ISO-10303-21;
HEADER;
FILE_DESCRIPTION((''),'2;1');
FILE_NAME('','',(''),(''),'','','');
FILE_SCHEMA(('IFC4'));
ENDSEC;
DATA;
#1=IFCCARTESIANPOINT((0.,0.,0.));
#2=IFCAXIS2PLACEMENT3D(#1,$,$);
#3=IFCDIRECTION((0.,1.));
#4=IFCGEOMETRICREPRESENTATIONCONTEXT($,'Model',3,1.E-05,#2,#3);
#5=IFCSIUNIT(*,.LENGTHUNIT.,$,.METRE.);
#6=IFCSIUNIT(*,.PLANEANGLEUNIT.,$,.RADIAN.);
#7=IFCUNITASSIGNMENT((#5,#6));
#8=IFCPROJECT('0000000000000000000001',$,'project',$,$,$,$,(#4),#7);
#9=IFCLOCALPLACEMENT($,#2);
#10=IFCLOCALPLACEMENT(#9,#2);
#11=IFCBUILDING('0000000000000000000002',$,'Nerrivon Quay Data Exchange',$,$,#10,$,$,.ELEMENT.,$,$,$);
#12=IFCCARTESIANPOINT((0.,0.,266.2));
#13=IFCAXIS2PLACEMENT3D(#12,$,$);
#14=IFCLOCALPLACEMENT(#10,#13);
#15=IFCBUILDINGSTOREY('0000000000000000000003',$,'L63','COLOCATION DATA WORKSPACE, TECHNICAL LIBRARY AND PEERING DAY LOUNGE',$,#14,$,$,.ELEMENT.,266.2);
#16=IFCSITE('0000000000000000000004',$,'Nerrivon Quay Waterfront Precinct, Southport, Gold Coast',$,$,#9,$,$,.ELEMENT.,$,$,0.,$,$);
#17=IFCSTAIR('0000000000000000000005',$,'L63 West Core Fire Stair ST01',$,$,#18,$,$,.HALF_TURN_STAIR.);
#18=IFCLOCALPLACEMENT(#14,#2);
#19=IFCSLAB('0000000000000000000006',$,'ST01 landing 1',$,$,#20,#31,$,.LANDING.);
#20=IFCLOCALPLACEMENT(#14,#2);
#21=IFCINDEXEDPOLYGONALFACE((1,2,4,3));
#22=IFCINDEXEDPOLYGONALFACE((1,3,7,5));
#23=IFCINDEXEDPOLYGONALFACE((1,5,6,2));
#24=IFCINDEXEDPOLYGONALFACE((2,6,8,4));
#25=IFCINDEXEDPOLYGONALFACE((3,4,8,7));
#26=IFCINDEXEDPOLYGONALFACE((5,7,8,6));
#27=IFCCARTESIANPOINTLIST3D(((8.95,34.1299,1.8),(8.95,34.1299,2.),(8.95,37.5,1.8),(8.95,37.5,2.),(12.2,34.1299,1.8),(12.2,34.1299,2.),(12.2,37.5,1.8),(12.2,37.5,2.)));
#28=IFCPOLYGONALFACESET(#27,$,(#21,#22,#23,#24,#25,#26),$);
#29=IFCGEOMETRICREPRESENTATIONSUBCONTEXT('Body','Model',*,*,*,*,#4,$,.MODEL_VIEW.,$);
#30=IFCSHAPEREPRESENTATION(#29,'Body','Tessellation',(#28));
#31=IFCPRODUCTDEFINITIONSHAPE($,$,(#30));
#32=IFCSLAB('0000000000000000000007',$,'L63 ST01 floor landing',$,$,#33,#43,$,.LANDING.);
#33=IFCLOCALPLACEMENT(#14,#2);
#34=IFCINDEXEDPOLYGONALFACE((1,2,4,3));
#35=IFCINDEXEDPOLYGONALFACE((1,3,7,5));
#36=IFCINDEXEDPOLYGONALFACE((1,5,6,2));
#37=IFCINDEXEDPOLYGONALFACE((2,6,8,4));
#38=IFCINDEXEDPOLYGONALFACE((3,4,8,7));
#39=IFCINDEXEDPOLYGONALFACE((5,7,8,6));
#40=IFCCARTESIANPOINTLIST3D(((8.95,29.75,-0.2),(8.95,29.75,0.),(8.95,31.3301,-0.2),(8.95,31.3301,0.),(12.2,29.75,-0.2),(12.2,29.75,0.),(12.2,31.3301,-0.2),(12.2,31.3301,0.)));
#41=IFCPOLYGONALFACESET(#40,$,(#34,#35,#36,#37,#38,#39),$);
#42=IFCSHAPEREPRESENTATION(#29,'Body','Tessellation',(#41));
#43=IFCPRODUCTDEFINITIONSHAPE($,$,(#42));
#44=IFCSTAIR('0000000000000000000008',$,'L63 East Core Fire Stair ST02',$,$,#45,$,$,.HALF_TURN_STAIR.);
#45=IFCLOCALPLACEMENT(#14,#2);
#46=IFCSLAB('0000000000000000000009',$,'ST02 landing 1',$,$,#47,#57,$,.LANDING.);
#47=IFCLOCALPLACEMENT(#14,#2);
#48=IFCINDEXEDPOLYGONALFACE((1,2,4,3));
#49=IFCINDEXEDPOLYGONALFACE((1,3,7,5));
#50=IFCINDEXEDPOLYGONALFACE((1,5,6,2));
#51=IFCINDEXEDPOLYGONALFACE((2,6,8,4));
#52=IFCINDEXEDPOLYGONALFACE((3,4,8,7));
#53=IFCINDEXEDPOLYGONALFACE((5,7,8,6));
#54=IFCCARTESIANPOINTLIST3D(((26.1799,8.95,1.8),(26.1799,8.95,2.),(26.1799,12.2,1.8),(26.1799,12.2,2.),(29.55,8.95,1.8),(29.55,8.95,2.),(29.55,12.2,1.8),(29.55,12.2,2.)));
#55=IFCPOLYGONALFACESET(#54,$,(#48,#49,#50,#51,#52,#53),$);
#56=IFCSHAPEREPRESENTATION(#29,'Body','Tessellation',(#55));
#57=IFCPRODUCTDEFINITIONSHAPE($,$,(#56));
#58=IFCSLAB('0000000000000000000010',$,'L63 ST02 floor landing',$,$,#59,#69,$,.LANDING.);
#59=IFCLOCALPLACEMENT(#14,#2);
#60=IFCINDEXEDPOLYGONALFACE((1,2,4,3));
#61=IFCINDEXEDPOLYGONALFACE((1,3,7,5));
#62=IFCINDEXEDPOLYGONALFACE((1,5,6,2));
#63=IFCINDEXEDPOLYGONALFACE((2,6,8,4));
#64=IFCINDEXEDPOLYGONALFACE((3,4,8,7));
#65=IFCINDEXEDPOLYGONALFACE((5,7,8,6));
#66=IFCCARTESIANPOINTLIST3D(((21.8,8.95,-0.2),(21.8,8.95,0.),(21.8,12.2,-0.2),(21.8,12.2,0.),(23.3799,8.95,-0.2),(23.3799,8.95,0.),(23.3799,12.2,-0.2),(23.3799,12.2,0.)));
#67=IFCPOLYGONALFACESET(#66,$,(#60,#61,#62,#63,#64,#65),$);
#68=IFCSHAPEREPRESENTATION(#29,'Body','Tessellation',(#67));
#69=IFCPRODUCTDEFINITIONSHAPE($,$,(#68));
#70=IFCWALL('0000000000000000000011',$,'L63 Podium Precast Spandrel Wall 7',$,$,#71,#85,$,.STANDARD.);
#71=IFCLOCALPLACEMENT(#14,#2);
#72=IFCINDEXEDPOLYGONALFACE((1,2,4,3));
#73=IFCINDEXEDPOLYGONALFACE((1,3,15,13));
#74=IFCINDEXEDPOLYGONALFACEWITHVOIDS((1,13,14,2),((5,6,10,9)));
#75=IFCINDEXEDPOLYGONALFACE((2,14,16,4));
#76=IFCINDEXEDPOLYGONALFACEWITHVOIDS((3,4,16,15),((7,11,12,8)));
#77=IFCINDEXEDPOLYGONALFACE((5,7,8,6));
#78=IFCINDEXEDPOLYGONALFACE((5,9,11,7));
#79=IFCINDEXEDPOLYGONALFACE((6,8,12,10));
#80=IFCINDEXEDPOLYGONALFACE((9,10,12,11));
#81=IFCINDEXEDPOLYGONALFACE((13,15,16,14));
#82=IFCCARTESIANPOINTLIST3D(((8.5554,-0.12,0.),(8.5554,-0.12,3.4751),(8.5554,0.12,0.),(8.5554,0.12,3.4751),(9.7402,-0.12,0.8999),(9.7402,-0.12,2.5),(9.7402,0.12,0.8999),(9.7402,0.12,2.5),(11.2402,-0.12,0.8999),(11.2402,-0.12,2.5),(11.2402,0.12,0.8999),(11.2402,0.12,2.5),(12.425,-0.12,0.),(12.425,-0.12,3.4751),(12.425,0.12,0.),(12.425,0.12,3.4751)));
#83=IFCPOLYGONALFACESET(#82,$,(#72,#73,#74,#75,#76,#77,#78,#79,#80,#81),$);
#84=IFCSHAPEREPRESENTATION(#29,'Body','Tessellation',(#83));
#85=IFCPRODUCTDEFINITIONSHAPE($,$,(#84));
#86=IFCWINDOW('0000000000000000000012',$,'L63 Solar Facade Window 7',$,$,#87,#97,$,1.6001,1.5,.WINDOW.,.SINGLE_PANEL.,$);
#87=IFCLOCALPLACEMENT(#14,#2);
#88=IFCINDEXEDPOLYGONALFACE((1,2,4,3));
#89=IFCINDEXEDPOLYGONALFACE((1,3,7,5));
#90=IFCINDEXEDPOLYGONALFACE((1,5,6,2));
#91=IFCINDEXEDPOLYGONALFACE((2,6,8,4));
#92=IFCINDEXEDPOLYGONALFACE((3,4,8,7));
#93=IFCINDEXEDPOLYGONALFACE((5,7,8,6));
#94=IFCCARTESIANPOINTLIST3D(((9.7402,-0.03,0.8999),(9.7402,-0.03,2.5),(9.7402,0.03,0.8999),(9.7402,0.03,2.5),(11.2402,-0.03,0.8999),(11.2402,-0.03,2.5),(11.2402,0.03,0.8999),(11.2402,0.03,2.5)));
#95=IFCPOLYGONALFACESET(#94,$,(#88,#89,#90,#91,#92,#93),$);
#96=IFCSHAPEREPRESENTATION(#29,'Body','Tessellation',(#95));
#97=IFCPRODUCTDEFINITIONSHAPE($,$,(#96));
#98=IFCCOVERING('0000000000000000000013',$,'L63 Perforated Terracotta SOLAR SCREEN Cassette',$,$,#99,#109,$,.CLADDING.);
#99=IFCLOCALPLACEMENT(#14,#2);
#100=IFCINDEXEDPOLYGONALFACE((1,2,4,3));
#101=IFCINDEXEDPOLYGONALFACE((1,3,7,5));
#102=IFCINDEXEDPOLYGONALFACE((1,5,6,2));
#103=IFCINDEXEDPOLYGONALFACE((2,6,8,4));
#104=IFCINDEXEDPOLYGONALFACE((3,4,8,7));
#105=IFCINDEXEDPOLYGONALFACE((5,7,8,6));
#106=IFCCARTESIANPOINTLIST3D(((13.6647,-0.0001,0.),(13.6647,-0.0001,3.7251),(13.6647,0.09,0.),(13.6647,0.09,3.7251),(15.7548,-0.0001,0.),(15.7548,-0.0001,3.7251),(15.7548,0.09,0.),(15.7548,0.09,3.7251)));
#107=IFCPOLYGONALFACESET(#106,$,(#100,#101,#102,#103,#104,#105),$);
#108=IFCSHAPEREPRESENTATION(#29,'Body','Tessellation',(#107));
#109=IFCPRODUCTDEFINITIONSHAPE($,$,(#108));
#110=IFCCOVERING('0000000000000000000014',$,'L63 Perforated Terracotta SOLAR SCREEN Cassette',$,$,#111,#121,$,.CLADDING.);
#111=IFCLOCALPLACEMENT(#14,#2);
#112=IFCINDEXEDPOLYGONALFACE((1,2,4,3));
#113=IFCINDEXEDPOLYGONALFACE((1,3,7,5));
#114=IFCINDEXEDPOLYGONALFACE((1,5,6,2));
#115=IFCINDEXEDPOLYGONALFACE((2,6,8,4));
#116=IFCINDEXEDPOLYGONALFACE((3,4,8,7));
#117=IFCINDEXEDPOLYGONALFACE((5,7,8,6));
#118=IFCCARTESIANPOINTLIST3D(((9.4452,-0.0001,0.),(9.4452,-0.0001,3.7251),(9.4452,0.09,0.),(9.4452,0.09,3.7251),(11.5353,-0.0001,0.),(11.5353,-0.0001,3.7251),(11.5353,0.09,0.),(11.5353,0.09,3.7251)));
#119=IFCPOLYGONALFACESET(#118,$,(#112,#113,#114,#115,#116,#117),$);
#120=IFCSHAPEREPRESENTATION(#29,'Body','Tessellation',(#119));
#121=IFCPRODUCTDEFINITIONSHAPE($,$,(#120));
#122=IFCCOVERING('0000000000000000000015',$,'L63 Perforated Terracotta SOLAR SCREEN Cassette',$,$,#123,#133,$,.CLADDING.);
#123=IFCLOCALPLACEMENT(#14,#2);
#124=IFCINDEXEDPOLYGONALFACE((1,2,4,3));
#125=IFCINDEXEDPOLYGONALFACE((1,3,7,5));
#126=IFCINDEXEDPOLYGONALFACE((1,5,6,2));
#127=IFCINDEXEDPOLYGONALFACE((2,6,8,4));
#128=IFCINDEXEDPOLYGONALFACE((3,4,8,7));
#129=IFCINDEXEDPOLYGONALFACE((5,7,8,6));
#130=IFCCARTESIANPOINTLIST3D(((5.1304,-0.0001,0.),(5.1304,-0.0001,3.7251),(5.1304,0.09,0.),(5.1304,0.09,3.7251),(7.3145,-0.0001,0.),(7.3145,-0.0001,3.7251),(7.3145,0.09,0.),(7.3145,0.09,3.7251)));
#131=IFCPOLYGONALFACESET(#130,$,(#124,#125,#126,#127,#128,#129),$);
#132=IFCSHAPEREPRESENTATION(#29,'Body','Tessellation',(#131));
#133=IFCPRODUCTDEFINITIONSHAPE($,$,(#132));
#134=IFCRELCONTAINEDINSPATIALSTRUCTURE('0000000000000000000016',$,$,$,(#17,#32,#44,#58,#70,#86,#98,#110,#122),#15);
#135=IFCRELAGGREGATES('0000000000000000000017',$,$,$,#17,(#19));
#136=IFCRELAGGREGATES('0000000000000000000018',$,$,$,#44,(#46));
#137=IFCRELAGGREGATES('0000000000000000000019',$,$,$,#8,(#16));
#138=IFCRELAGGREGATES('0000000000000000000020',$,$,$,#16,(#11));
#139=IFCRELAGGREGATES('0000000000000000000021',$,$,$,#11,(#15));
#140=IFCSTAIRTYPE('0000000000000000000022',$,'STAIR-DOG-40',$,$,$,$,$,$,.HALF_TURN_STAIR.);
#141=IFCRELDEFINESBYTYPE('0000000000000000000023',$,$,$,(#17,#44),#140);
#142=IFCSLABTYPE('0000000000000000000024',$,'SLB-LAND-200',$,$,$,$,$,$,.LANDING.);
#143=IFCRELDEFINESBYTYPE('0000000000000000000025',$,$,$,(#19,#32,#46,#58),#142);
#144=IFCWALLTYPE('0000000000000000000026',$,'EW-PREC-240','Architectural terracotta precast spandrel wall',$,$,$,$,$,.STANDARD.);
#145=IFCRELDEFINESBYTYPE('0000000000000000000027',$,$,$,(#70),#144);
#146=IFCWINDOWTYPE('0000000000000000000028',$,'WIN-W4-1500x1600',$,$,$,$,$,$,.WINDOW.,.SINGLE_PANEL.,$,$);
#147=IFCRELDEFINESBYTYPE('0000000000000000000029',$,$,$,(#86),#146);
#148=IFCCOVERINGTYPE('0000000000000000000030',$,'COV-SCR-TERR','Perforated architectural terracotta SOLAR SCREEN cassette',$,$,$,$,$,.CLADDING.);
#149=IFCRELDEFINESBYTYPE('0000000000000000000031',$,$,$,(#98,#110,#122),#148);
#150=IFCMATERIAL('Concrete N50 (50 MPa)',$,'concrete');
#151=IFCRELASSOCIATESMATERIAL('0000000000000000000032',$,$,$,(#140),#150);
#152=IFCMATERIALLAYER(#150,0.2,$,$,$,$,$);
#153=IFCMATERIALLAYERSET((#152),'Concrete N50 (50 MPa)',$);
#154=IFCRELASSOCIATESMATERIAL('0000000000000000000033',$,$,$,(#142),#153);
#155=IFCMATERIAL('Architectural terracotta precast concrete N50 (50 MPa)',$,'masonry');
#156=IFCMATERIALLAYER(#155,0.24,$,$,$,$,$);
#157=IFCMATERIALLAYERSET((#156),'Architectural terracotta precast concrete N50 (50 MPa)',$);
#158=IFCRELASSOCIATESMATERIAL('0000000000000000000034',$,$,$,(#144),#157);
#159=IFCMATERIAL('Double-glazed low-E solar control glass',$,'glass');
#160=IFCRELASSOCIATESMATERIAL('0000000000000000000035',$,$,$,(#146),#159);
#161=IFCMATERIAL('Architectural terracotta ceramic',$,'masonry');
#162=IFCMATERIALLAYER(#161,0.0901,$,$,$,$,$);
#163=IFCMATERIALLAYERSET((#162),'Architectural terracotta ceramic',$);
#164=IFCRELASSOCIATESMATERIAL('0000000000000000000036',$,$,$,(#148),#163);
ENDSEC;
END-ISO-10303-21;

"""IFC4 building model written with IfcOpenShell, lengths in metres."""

from ifc_helpers import new_model, si_unit, direction, frame, frame_2d, origin, origin_2d, place, context, subcontext, project, spatial, polyline, rectangle, outline, extrude, material, layer, layer_set, type_object, element, fill, aggregate, save


model = new_model("IFC4")

# Units and contexts
model_context = context("Model", 3, precision=1e-05, world=origin(), true_north=direction((0.0, 1.0)))
body_context = subcontext(model_context, "Body", "Model", "MODEL_VIEW")
ifc_project = project(units=[si_unit("LENGTHUNIT", "METRE"), si_unit("PLANEANGLEUNIT", "RADIAN")], contexts=[model_context])

# Site, building, storey
site_placement = place(None, origin())
site = spatial("IfcSite", under=ifc_project, at=site_placement, Name="Nerrivon Quay Waterfront Precinct, Southport, Gold Coast", CompositionType="ELEMENT", RefElevation=0.0)
building_placement = place(site_placement, origin())
building = spatial("IfcBuilding", under=site, at=building_placement, Name="Nerrivon Quay Data Exchange", CompositionType="ELEMENT")
storey_placement = place(building_placement, frame((0.0, 0.0, 266.2)))
storey = spatial("IfcBuildingStorey", under=building, at=storey_placement, Name="L63", Description="COLOCATION DATA WORKSPACE, TECHNICAL LIBRARY AND PEERING DAY LOUNGE", CompositionType="ELEMENT", Elevation=266.2)

# Shared definitions
ifc_material_1 = material(Name="Double-glazed low-E solar control glass", Category="glass")

# Stair, slab
ifc_material_2 = material(Name="Concrete N50 (50 MPa)", Category="concrete")
stair_type = type_object("IfcStairType", Name="STAIR-DOG-40", PredefinedType="HALF_TURN_STAIR", material=ifc_material_2)
stair_1_placement = place(storey_placement, origin())
stair_1 = element("IfcStair", 1, at=stair_1_placement, inside=storey, type_object=stair_type, Name="L63 West Core Fire Stair ST01", PredefinedType="HALF_TURN_STAIR")
ifc_layer_1 = layer(ifc_material_2, 0.2)
ifc_layer_set_1 = layer_set([ifc_layer_1], Name="Concrete N50 (50 MPa)")
slab_type = type_object("IfcSlabType", Name="SLB-LAND-200", PredefinedType="LANDING", material=ifc_layer_set_1)
slab_1_placement = place(storey_placement, frame((0.0, 0.0, 1.8)))
slab_1 = element("IfcSlab", 2, at=slab_1_placement, type_object=slab_type, Name="ST01 landing 1", PredefinedType="LANDING", context=body_context, shape_type="SweptSolid", body=[
    extrude(outline(polyline([(12.2, 34.1299), (12.2, 37.5), (8.95, 37.5), (8.95, 34.1299), (12.2, 34.1299)])), origin(), (0.0, 0.0, 1.0), 0.2),
])
aggregate(stair_1, [slab_1])

# Slab
slab_2_placement = place(storey_placement, frame((0.0, 0.0, -0.2)))
element("IfcSlab", 3, at=slab_2_placement, inside=storey, type_object=slab_type, Name="L63 ST01 floor landing", PredefinedType="LANDING", context=body_context, shape_type="SweptSolid", body=[
    extrude(outline(polyline([(12.2, 29.75), (12.2, 31.3301), (8.95, 31.3301), (8.95, 29.75), (12.2, 29.75)])), origin(), (0.0, 0.0, 1.0), 0.2),
])

# Stair, slab
stair_2_placement = place(storey_placement, origin())
stair_2 = element("IfcStair", 4, at=stair_2_placement, inside=storey, type_object=stair_type, Name="L63 East Core Fire Stair ST02", PredefinedType="HALF_TURN_STAIR")
slab_3_placement = place(storey_placement, frame((0.0, 0.0, 1.8)))
slab_3 = element("IfcSlab", 5, at=slab_3_placement, type_object=slab_type, Name="ST02 landing 1", PredefinedType="LANDING", context=body_context, shape_type="SweptSolid", body=[
    extrude(outline(polyline([(26.1799, 8.95), (29.55, 8.95), (29.55, 12.2), (26.1799, 12.2), (26.1799, 8.95)])), origin(), (0.0, 0.0, 1.0), 0.2),
])
aggregate(stair_2, [slab_3])

# Slab
slab_4_placement = place(storey_placement, frame((0.0, 0.0, -0.2)))
element("IfcSlab", 6, at=slab_4_placement, inside=storey, type_object=slab_type, Name="L63 ST02 floor landing", PredefinedType="LANDING", context=body_context, shape_type="SweptSolid", body=[
    extrude(outline(polyline([(21.8, 8.95), (23.3799, 8.95), (23.3799, 12.2), (21.8, 12.2), (21.8, 8.95)])), origin(), (0.0, 0.0, 1.0), 0.2),
])

# Wall, opening, window
ifc_material_3 = material(Name="Architectural terracotta precast concrete N50 (50 MPa)", Category="masonry")
ifc_layer_2 = layer(ifc_material_3, 0.24)
ifc_layer_set_2 = layer_set([ifc_layer_2], Name="Architectural terracotta precast concrete N50 (50 MPa)")
wall_type = type_object("IfcWallType", Name="EW-PREC-240", Description="Architectural terracotta precast spandrel wall", PredefinedType="STANDARD", material=ifc_layer_set_2)
wall_placement = place(storey_placement, frame((12.425, 0.0, 0.0), z_axis=(0.0, 0.0, 1.0), x_axis=(-1.0, 0.0, 0.0)))
wall = element("IfcWall", 7, at=wall_placement, inside=storey, type_object=wall_type, Name="L63 Podium Precast Spandrel Wall 7", PredefinedType="STANDARD", context=body_context, shape_type="SweptSolid", body=[
    extrude(rectangle(XDim=3.8696, YDim=0.24, at=frame_2d((1.9348, 0.0))), origin(), (0.0, 0.0, 1.0), 3.4751),
])
opening_placement = place(wall_placement, frame((1.1848, 0.0, 0.8999)))
opening = element("IfcOpeningElement", 8, at=opening_placement, cuts=wall, PredefinedType="OPENING", context=body_context, shape_type="SweptSolid", body=[
    extrude(rectangle(XDim=1.5, YDim=1.6001, at=frame_2d((0.75, 0.8))), frame((0.0, 0.1299, 0.0), z_axis=(0.0, -1.0, 0.0), x_axis=(1.0, 0.0, 0.0)), (0.0, 0.0, 1.0), 0.26),
])
window_type = type_object("IfcWindowType", Name="WIN-W4-1500x1600", PartitioningType="SINGLE_PANEL", PredefinedType="WINDOW", material=ifc_material_1)
window_placement = place(opening_placement, origin())
window = element("IfcWindow", 9, at=window_placement, inside=storey, type_object=window_type, Name="L63 Solar Facade Window 7", OverallHeight=1.6001, OverallWidth=1.5, PartitioningType="SINGLE_PANEL", PredefinedType="WINDOW", context=body_context, shape_type="SweptSolid", body=[
    extrude(rectangle(XDim=1.5, YDim=1.6001, at=frame_2d((0.75, 0.8))), frame((0.0, 0.03, 0.0), z_axis=(0.0, -1.0, 0.0), x_axis=(1.0, 0.0, 0.0)), (0.0, 0.0, 1.0), 0.0601),
])
fill(opening, window)

# Coverings
ifc_material_4 = material(Name="Architectural terracotta ceramic", Category="masonry")
ifc_layer_3 = layer(ifc_material_4, 0.0901)
ifc_layer_set_3 = layer_set([ifc_layer_3], Name="Architectural terracotta ceramic")
covering_type = type_object("IfcCoveringType", Name="COV-SCR-TERR", Description="Perforated architectural terracotta SOLAR SCREEN cassette", PredefinedType="CLADDING", material=ifc_layer_set_3)
for number, where, z_axis, x_axis, name in (
    (10, (14.7097, 0.0449, 0.0), (0.0, 0.0, 1.0), (-1.0, 0.0, 0.0), "L63 Perforated Terracotta SOLAR SCREEN Cassette"),
    (11, (10.4902, 0.0449, 0.0), (0.0, 0.0, 1.0), (-1.0, 0.0, 0.0), "L63 Perforated Terracotta SOLAR SCREEN Cassette"),
):
    element("IfcCovering", number, at=place(storey_placement, frame(where, z_axis=z_axis, x_axis=x_axis)), inside=storey, type_object=covering_type, Name=name, PredefinedType="CLADDING", context=body_context, shape_type="SweptSolid", body=[
        extrude(rectangle(XDim=2.0901, YDim=0.0901, at=origin_2d()), origin(), (0.0, 0.0, 1.0), 3.7251),
    ])
covering_placement = place(storey_placement, frame((6.2224, 0.0449, 0.0), z_axis=(0.0, 0.0, 1.0), x_axis=(-1.0, 0.0, 0.0)))
element("IfcCovering", 12, at=covering_placement, inside=storey, type_object=covering_type, Name="L63 Perforated Terracotta SOLAR SCREEN Cassette", PredefinedType="CLADDING", context=body_context, shape_type="SweptSolid", body=[
    extrude(rectangle(XDim=2.1841, YDim=0.0901, at=origin_2d()), origin(), (0.0, 0.0, 1.0), 3.7251),
])

save(model, "model.ifc")
